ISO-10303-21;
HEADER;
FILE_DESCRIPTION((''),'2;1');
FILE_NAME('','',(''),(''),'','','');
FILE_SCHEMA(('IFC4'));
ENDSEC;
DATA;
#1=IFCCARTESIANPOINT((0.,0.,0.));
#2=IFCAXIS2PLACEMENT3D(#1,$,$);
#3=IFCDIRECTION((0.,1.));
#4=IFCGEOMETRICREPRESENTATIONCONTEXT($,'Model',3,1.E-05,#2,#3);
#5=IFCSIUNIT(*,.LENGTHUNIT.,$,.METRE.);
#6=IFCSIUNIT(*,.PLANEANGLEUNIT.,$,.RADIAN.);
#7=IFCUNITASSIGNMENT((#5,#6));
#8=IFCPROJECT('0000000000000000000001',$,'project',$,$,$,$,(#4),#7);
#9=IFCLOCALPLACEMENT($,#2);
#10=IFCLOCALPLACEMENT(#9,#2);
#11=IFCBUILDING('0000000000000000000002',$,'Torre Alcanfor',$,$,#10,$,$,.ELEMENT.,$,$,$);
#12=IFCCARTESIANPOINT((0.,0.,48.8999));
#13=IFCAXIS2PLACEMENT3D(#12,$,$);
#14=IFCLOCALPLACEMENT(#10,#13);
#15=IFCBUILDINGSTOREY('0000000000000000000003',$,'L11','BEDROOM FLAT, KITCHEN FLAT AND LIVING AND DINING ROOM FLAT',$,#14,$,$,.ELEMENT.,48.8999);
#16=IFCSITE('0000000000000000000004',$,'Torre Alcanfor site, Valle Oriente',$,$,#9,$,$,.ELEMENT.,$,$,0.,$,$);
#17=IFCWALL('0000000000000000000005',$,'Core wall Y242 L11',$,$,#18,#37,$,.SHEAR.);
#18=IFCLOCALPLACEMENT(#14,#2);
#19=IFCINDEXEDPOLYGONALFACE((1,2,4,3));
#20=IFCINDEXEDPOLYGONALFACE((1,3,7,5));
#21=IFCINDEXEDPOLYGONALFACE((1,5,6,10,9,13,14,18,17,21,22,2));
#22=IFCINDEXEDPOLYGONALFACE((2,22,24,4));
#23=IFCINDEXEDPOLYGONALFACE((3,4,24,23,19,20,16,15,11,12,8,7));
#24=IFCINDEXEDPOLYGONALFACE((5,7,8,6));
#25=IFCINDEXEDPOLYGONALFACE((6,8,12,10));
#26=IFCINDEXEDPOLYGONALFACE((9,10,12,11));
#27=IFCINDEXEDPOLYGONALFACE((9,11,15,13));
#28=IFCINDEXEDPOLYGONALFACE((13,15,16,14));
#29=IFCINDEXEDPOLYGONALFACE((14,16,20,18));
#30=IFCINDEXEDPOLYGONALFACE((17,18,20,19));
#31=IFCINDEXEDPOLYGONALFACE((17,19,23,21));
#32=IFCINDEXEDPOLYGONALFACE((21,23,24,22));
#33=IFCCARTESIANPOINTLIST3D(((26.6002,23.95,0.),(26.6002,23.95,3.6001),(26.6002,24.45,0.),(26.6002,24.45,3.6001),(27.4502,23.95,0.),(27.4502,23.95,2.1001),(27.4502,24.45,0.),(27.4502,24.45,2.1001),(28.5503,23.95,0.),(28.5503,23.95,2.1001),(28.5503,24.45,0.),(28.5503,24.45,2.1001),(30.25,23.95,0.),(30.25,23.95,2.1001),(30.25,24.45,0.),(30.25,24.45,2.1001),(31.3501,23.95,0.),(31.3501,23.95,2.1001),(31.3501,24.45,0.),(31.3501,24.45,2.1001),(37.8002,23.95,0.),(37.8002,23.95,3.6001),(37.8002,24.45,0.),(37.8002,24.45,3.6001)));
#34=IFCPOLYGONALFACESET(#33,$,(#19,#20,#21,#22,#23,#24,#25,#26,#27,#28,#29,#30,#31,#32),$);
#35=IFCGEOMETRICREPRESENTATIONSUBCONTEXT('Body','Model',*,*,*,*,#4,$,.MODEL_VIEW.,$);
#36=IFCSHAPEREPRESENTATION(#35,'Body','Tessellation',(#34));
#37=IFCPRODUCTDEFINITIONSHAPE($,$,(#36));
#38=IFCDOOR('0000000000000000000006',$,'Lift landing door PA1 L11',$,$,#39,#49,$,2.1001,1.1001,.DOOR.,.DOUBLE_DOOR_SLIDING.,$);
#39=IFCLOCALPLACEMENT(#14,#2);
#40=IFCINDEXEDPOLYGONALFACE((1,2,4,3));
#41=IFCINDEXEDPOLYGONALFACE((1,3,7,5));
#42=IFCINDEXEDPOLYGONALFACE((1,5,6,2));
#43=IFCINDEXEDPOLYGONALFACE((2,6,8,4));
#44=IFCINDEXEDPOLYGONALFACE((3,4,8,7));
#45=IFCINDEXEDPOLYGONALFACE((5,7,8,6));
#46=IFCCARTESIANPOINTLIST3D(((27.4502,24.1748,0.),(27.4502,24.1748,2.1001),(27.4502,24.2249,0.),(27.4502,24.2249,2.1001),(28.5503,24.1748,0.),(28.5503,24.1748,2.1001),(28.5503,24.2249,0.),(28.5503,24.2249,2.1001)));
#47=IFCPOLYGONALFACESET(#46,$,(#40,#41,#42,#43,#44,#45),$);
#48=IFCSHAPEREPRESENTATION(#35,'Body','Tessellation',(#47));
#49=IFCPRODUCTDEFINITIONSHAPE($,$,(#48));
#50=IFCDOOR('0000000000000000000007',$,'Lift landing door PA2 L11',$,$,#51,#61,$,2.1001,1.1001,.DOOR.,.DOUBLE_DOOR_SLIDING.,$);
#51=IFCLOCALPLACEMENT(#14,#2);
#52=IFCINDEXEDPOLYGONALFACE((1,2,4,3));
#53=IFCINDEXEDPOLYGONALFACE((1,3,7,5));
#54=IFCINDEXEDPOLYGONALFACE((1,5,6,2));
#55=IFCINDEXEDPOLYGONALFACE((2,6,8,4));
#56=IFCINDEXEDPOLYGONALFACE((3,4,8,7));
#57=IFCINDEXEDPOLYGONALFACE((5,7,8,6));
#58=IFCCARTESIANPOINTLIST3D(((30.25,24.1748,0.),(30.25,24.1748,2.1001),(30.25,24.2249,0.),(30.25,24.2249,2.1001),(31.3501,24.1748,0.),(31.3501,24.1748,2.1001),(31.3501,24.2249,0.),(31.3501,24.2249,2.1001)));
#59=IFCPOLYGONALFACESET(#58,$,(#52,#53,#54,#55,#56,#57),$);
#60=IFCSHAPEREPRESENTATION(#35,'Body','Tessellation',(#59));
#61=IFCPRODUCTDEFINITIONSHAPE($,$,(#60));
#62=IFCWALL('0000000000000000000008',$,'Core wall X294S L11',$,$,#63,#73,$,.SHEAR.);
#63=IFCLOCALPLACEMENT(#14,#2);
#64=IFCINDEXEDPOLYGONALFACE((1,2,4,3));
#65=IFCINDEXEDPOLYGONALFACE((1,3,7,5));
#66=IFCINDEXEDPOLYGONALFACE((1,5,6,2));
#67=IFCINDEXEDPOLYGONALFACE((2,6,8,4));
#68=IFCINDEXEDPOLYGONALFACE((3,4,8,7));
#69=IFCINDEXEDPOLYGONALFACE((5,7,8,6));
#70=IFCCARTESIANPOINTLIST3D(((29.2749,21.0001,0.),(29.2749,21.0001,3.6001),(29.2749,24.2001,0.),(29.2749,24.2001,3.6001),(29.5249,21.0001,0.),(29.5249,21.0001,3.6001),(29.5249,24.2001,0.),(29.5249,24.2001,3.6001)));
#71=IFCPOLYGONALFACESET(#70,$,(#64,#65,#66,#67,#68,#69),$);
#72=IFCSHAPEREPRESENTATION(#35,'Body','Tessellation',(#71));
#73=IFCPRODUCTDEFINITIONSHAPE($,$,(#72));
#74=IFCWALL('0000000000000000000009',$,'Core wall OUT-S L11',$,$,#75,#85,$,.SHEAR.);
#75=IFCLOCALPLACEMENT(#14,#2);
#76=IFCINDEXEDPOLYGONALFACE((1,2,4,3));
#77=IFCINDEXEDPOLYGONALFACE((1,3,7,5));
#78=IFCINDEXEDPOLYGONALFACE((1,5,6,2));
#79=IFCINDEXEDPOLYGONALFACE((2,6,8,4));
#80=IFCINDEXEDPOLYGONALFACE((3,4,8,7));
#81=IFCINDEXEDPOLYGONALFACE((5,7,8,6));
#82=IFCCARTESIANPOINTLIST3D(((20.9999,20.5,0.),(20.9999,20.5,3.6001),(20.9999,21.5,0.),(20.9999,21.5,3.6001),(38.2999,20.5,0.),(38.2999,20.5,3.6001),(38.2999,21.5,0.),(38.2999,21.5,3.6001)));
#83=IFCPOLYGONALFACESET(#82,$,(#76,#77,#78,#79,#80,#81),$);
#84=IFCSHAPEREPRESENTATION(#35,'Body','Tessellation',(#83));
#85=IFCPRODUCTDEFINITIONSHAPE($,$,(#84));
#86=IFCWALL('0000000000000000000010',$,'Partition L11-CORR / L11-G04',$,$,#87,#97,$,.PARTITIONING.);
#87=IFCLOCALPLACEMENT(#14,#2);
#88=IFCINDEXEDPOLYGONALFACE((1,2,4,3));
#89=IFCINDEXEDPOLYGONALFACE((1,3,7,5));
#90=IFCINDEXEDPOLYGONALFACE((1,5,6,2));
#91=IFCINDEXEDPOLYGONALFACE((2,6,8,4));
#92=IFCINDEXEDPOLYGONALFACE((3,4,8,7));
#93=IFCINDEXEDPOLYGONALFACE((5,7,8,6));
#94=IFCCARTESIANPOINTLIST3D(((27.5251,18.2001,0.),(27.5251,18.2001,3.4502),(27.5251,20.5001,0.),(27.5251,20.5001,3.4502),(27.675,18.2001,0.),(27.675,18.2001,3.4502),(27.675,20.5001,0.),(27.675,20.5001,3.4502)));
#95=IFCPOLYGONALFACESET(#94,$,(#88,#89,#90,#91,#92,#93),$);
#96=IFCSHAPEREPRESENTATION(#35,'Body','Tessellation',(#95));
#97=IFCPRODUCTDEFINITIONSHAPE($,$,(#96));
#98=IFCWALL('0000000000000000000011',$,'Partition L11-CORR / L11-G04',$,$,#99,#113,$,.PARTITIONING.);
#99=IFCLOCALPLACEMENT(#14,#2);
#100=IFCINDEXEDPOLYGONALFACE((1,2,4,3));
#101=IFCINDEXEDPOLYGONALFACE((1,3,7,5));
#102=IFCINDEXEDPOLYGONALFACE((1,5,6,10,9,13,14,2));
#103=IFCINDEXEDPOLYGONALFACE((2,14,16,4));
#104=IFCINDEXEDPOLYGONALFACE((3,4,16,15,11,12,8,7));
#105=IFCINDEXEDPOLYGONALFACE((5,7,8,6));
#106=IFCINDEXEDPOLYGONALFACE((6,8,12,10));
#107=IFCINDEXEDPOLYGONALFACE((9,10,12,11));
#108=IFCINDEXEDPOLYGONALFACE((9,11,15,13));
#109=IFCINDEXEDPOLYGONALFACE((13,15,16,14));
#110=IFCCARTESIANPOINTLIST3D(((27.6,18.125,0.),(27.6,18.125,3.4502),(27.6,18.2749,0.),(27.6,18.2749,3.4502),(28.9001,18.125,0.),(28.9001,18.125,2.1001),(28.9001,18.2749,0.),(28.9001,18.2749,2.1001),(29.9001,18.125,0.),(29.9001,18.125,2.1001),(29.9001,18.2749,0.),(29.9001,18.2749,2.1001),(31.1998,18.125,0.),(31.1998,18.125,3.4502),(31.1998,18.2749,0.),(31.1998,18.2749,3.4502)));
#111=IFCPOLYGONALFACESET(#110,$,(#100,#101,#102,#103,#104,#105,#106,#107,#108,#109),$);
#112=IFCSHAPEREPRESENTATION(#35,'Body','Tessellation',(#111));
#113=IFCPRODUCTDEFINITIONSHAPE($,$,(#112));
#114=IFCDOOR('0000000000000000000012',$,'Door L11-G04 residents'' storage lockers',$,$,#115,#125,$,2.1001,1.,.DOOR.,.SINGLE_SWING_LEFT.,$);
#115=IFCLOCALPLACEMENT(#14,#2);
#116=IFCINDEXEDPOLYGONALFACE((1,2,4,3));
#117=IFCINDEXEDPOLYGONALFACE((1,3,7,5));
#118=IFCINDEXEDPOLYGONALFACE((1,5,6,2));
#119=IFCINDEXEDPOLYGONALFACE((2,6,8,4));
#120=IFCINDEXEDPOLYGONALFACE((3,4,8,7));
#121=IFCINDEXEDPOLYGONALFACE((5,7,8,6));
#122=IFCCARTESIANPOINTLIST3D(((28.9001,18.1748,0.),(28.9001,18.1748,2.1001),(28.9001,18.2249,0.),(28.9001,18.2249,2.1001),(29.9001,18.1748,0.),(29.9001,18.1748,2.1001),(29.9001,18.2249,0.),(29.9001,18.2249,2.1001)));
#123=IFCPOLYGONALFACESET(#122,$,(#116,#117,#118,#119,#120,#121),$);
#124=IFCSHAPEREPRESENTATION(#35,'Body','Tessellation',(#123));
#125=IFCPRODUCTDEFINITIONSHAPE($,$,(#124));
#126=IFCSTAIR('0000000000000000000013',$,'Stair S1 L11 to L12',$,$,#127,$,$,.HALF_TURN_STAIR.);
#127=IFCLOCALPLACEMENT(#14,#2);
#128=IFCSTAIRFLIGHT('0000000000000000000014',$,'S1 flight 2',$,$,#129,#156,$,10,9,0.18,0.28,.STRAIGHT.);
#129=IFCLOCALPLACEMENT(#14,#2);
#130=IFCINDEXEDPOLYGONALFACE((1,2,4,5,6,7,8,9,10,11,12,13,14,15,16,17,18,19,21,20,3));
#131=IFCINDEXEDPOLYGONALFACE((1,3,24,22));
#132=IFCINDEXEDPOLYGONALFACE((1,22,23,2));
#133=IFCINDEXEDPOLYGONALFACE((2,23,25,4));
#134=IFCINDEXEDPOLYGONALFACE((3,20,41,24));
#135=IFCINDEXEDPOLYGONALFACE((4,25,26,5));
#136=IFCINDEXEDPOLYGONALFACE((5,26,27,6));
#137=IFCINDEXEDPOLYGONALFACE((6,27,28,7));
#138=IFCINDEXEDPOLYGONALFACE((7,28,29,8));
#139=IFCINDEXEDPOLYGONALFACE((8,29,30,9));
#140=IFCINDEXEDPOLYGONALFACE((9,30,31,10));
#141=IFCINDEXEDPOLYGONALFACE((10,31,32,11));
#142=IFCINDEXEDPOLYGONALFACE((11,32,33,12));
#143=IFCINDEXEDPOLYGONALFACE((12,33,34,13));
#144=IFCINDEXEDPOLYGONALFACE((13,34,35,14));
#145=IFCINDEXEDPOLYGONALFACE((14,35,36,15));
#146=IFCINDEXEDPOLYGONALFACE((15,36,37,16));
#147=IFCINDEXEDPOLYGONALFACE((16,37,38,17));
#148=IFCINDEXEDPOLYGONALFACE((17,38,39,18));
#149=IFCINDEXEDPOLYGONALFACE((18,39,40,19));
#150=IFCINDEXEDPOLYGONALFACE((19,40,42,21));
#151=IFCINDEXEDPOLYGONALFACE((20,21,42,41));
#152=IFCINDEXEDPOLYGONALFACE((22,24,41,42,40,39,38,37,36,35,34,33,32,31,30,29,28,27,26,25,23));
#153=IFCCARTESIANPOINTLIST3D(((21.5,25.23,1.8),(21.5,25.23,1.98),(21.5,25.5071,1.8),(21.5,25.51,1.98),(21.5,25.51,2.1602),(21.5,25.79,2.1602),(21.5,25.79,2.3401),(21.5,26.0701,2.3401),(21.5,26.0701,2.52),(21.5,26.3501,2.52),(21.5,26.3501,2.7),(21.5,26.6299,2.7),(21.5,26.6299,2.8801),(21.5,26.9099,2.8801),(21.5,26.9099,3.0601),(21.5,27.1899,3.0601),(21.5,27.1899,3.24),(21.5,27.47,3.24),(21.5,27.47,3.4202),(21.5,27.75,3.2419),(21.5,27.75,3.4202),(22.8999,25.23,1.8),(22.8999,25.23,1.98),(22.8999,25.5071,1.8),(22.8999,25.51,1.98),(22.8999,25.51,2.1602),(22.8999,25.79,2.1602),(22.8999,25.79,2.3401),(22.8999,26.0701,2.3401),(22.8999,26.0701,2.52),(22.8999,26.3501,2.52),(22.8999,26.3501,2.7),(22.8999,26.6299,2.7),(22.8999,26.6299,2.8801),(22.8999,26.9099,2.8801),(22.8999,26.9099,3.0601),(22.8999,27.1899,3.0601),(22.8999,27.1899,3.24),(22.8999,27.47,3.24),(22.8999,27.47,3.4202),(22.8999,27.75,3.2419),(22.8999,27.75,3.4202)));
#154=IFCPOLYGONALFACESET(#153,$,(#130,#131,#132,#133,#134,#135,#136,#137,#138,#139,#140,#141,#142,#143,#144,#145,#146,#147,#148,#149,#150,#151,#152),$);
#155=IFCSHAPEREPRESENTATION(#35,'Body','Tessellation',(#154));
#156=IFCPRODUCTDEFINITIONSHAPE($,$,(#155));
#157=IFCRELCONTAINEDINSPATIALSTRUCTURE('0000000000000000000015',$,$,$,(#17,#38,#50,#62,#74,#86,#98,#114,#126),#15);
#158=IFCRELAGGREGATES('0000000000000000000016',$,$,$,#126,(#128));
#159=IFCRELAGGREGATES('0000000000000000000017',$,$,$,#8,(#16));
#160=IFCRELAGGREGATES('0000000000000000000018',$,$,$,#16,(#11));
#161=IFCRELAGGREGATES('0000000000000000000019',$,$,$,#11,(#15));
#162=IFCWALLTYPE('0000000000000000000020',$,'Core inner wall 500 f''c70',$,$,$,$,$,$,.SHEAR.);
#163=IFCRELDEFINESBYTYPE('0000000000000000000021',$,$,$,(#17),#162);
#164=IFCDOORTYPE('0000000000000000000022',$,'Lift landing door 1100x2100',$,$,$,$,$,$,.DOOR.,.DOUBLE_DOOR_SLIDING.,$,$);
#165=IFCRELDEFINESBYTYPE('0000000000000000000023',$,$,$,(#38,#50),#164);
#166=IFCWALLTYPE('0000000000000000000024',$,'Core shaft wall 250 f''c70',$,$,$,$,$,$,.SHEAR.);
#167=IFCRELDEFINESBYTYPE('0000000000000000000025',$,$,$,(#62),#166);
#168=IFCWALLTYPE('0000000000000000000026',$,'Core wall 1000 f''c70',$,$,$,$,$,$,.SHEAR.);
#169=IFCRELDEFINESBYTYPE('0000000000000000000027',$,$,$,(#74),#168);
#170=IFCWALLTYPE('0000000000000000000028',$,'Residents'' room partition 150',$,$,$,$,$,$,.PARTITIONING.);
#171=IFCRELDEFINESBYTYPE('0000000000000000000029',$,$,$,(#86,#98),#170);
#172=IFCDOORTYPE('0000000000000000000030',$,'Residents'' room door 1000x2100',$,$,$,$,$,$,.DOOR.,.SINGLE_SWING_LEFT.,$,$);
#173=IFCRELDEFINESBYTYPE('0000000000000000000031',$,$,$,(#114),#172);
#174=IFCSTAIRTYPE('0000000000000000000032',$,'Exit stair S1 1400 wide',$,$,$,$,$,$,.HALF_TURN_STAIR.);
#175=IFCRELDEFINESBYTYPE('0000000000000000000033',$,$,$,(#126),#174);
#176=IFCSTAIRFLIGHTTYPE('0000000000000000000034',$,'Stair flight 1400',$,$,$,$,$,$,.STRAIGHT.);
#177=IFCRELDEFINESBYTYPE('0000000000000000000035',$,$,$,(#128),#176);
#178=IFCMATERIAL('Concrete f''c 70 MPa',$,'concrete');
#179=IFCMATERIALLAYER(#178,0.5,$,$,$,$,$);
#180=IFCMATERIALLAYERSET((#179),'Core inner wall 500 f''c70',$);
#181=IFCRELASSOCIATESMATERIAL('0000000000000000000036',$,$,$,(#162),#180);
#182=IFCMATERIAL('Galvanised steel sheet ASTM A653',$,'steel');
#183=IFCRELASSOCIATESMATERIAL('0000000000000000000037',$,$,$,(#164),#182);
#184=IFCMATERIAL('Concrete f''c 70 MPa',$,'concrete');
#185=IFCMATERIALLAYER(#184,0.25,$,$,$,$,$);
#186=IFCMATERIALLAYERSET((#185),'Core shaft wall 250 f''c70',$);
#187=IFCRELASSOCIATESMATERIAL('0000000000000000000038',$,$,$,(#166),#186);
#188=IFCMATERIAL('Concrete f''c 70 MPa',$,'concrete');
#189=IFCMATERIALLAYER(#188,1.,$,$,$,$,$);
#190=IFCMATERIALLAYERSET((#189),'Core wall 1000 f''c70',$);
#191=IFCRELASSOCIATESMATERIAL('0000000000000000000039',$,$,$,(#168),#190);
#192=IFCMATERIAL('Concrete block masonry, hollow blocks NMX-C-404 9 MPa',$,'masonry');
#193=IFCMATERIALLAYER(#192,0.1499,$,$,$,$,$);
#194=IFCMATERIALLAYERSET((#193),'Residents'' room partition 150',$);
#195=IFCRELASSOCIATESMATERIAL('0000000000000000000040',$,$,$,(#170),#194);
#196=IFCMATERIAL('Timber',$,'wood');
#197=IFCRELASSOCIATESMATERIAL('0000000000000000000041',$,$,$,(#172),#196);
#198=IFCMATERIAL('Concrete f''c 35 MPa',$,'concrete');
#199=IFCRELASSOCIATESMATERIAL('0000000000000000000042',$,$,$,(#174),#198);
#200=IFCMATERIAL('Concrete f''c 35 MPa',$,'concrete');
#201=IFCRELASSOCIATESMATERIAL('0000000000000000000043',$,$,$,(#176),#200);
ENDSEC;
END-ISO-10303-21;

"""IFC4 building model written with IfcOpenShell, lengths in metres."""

from ifc_helpers import new_model, si_unit, direction, frame, frame_2d, origin, place, context, subcontext, project, spatial, polyline, rectangle, outline, extrude, material, layer, layer_set, type_object, element, fill, aggregate, save


model = new_model("IFC4")

# Units and contexts
model_context = context("Model", 3, precision=1e-05, world=origin(), true_north=direction((0.0, 1.0)))
body_context = subcontext(model_context, "Body", "Model", "MODEL_VIEW")
ifc_project = project(units=[si_unit("LENGTHUNIT", "METRE"), si_unit("PLANEANGLEUNIT", "RADIAN")], contexts=[model_context])

# Site, building, storey
site_placement = place(None, origin())
site = spatial("IfcSite", under=ifc_project, at=site_placement, Name="Torre Alcanfor site, Valle Oriente", CompositionType="ELEMENT", RefElevation=0.0)
building_placement = place(site_placement, origin())
building = spatial("IfcBuilding", under=site, at=building_placement, Name="Torre Alcanfor", CompositionType="ELEMENT")
storey_placement = place(building_placement, frame((0.0, 0.0, 48.8999)))
storey = spatial("IfcBuildingStorey", under=building, at=storey_placement, Name="L11", Description="BEDROOM FLAT, KITCHEN FLAT AND LIVING AND DINING ROOM FLAT", CompositionType="ELEMENT", Elevation=48.8999)

# Shared definitions
ifc_material_1 = material(Name="Concrete f'c 70 MPa", Category="concrete")
ifc_layer_1 = layer(ifc_material_1, 0.5)
ifc_layer_set_1 = layer_set([ifc_layer_1], Name="Core inner wall 500 f'c70")
wall_type_1 = type_object("IfcWallType", Name="Core inner wall 500 f'c70", PredefinedType="SHEAR", material=ifc_layer_set_1)

# Wall, openings, doors
wall_1_placement = place(storey_placement, frame((26.6001, 24.2, 0.0), z_axis=(0.0, 0.0, 1.0), x_axis=(1.0, 0.0, 0.0)))
wall_1 = element("IfcWall", 1, at=wall_1_placement, inside=storey, type_object=wall_type_1, Name="Core wall Y242 L11", PredefinedType="SHEAR", context=body_context, shape_type="SweptSolid", body=[
    extrude(rectangle(XDim=11.2, YDim=0.5, at=frame_2d((5.6001, 0.0))), origin(), (0.0, 0.0, 1.0), 3.6001),
])
opening_1_placement = place(wall_1_placement, frame((0.8501, 0.0, 0.0)))
opening_1 = element("IfcOpeningElement", 2, at=opening_1_placement, cuts=wall_1, PredefinedType="OPENING", context=body_context, shape_type="SweptSolid", body=[
    extrude(rectangle(XDim=1.1001, YDim=2.1001, at=frame_2d((0.55, 1.05))), frame((0.0, 0.26, 0.0), z_axis=(0.0, -1.0, 0.0), x_axis=(1.0, 0.0, 0.0)), (0.0, 0.0, 1.0), 0.52),
])
opening_2_placement = place(wall_1_placement, frame((3.6499, 0.0, 0.0)))
opening_2 = element("IfcOpeningElement", 3, at=opening_2_placement, cuts=wall_1, PredefinedType="OPENING", context=body_context, shape_type="SweptSolid", body=[
    extrude(rectangle(XDim=1.1001, YDim=2.1001, at=frame_2d((0.55, 1.05))), frame((0.0, 0.26, 0.0), z_axis=(0.0, -1.0, 0.0), x_axis=(1.0, 0.0, 0.0)), (0.0, 0.0, 1.0), 0.52),
])
ifc_material_2 = material(Name="Galvanised steel sheet ASTM A653", Category="steel")
door_type_1 = type_object("IfcDoorType", Name="Lift landing door 1100x2100", OperationType="DOUBLE_DOOR_SLIDING", PredefinedType="DOOR", material=ifc_material_2)
door_1_placement = place(opening_1_placement, origin())
door_1 = element("IfcDoor", 4, at=door_1_placement, inside=storey, type_object=door_type_1, Name="Lift landing door PA1 L11", OperationType="DOUBLE_DOOR_SLIDING", OverallHeight=2.1001, OverallWidth=1.1001, PredefinedType="DOOR", context=body_context, shape_type="SweptSolid", body=[
    extrude(rectangle(XDim=1.1001, YDim=2.1001, at=frame_2d((0.55, 1.05))), frame((0.0, 0.0249, 0.0), z_axis=(0.0, -1.0, 0.0), x_axis=(1.0, 0.0, 0.0)), (0.0, 0.0, 1.0), 0.05),
])
fill(opening_1, door_1)
door_2_placement = place(opening_2_placement, origin())
door_2 = element("IfcDoor", 5, at=door_2_placement, inside=storey, type_object=door_type_1, Name="Lift landing door PA2 L11", OperationType="DOUBLE_DOOR_SLIDING", OverallHeight=2.1001, OverallWidth=1.1001, PredefinedType="DOOR", context=body_context, shape_type="SweptSolid", body=[
    extrude(rectangle(XDim=1.1001, YDim=2.1001, at=frame_2d((0.55, 1.05))), frame((0.0, 0.0249, 0.0), z_axis=(0.0, -1.0, 0.0), x_axis=(1.0, 0.0, 0.0)), (0.0, 0.0, 1.0), 0.05),
])
fill(opening_2, door_2)

# Walls
ifc_material_3 = material(Name="Concrete f'c 70 MPa", Category="concrete")
ifc_layer_2 = layer(ifc_material_3, 0.25)
ifc_layer_set_2 = layer_set([ifc_layer_2], Name="Core shaft wall 250 f'c70")
wall_type_2 = type_object("IfcWallType", Name="Core shaft wall 250 f'c70", PredefinedType="SHEAR", material=ifc_layer_set_2)
wall_2_placement = place(storey_placement, frame((29.3999, 21.0, 0.0), z_axis=(0.0, 0.0, 1.0), x_axis=(0.0, 1.0, 0.0)))
element("IfcWall", 6, at=wall_2_placement, inside=storey, type_object=wall_type_2, Name="Core wall X294S L11", PredefinedType="SHEAR", context=body_context, shape_type="SweptSolid", body=[
    extrude(rectangle(XDim=3.2, YDim=0.25, at=frame_2d((1.6001, 0.0))), origin(), (0.0, 0.0, 1.0), 3.6001),
])
ifc_material_4 = material(Name="Concrete f'c 70 MPa", Category="concrete")
ifc_layer_3 = layer(ifc_material_4, 1.0)
ifc_layer_set_3 = layer_set([ifc_layer_3], Name="Core wall 1000 f'c70")
wall_type_3 = type_object("IfcWallType", Name="Core wall 1000 f'c70", PredefinedType="SHEAR", material=ifc_layer_set_3)
wall_3_placement = place(storey_placement, frame((21.0, 21.0, 0.0), z_axis=(0.0, 0.0, 1.0), x_axis=(1.0, 0.0, 0.0)))
element("IfcWall", 7, at=wall_3_placement, inside=storey, type_object=wall_type_3, Name="Core wall OUT-S L11", PredefinedType="SHEAR", context=body_context, shape_type="SweptSolid", body=[
    extrude(rectangle(XDim=17.3, YDim=1.0, at=frame_2d((8.6499, 0.0))), origin(), (0.0, 0.0, 1.0), 3.6001),
])
ifc_material_5 = material(Name="Concrete block masonry, hollow blocks NMX-C-404 9 MPa", Category="masonry")
ifc_layer_4 = layer(ifc_material_5, 0.1499)
ifc_layer_set_4 = layer_set([ifc_layer_4], Name="Residents' room partition 150")
wall_type_4 = type_object("IfcWallType", Name="Residents' room partition 150", PredefinedType="PARTITIONING", material=ifc_layer_set_4)
wall_4_placement = place(storey_placement, frame((27.6001, 20.5, 0.0), z_axis=(0.0, 0.0, 1.0), x_axis=(0.0, -1.0, 0.0)))
element("IfcWall", 8, at=wall_4_placement, inside=storey, type_object=wall_type_4, Name="Partition L11-CORR / L11-G04", PredefinedType="PARTITIONING", context=body_context, shape_type="SweptSolid", body=[
    extrude(rectangle(XDim=2.3, YDim=0.1499, at=frame_2d((1.1499, 0.0))), origin(), (0.0, 0.0, 1.0), 3.4502),
])

# Wall, opening, door
wall_5_placement = place(storey_placement, frame((27.6001, 18.2, 0.0), z_axis=(0.0, 0.0, 1.0), x_axis=(1.0, 0.0, 0.0)))
wall_5 = element("IfcWall", 9, at=wall_5_placement, inside=storey, type_object=wall_type_4, Name="Partition L11-CORR / L11-G04", PredefinedType="PARTITIONING", context=body_context, shape_type="SweptSolid", body=[
    extrude(rectangle(XDim=3.5999, YDim=0.1499, at=frame_2d((1.7998, 0.0))), origin(), (0.0, 0.0, 1.0), 3.4502),
])
opening_3_placement = place(wall_5_placement, frame((1.3, 0.0, 0.0)))
opening_3 = element("IfcOpeningElement", 10, at=opening_3_placement, cuts=wall_5, PredefinedType="OPENING", context=body_context, shape_type="SweptSolid", body=[
    extrude(rectangle(XDim=1.0, YDim=2.1001, at=frame_2d((0.5, 1.05))), frame((0.0, 0.085, 0.0), z_axis=(0.0, -1.0, 0.0), x_axis=(1.0, 0.0, 0.0)), (0.0, 0.0, 1.0), 0.1699),
])
ifc_material_6 = material(Name="Timber", Category="wood")
door_type_2 = type_object("IfcDoorType", Name="Residents' room door 1000x2100", OperationType="SINGLE_SWING_LEFT", PredefinedType="DOOR", material=ifc_material_6)
door_3_placement = place(opening_3_placement, origin())
door_3 = element("IfcDoor", 11, at=door_3_placement, inside=storey, type_object=door_type_2, Name="Door L11-G04 residents' storage lockers", OperationType="SINGLE_SWING_LEFT", OverallHeight=2.1001, OverallWidth=1.0, PredefinedType="DOOR", context=body_context, shape_type="SweptSolid", body=[
    extrude(rectangle(XDim=1.0, YDim=2.1001, at=frame_2d((0.5, 1.05))), frame((0.0, 0.0249, 0.0), z_axis=(0.0, -1.0, 0.0), x_axis=(1.0, 0.0, 0.0)), (0.0, 0.0, 1.0), 0.05),
])
fill(opening_3, door_3)

# Stair, stair flight
ifc_material_7 = material(Name="Concrete f'c 35 MPa", Category="concrete")
stair_type = type_object("IfcStairType", Name="Exit stair S1 1400 wide", PredefinedType="HALF_TURN_STAIR", material=ifc_material_7)
stair_placement = place(storey_placement, origin())
stair = element("IfcStair", 12, at=stair_placement, inside=storey, type_object=stair_type, Name="Stair S1 L11 to L12", PredefinedType="HALF_TURN_STAIR")
ifc_material_8 = material(Name="Concrete f'c 35 MPa", Category="concrete")
stair_flight_type = type_object("IfcStairFlightType", Name="Stair flight 1400", PredefinedType="STRAIGHT", material=ifc_material_8)
stair_flight_placement = place(storey_placement, frame((22.2, 25.23, 1.8), z_axis=(0.0, 0.0, 1.0), x_axis=(0.0, 1.0, 0.0)))
stair_flight = element("IfcStairFlight", 13, at=stair_flight_placement, type_object=stair_flight_type, Name="S1 flight 2", NumberOfRisers=10, NumberOfTreads=9, PredefinedType="STRAIGHT", RiserHeight=0.18, TreadLength=0.28, context=body_context, shape_type="SweptSolid", body=[
    extrude(outline(polyline([(0.0, 0.0), (0.0, 0.1799), (0.28, 0.1799), (0.28, 0.3601), (0.5601, 0.3601), (0.5601, 0.54), (0.8401, 0.54), (0.8401, 0.72), (1.1201, 0.72), (1.1201, 0.8999), (1.3999, 0.8999), (1.3999, 1.0801), (1.6799, 1.0801), (1.6799, 1.26), (1.96, 1.26), (1.96, 1.4399), (2.24, 1.4399), (2.24, 1.6201), (2.52, 1.6201), (2.52, 1.8), (2.52, 1.4419), (0.2771, 0.0), (0.0, 0.0)])), frame((0.0, 0.7, 0.0), z_axis=(0.0, -1.0, 0.0), x_axis=(1.0, 0.0, 0.0)), (0.0, 0.0, 1.0), 1.3999),
])
aggregate(stair, [stair_flight])

save(model, "model.ifc")
